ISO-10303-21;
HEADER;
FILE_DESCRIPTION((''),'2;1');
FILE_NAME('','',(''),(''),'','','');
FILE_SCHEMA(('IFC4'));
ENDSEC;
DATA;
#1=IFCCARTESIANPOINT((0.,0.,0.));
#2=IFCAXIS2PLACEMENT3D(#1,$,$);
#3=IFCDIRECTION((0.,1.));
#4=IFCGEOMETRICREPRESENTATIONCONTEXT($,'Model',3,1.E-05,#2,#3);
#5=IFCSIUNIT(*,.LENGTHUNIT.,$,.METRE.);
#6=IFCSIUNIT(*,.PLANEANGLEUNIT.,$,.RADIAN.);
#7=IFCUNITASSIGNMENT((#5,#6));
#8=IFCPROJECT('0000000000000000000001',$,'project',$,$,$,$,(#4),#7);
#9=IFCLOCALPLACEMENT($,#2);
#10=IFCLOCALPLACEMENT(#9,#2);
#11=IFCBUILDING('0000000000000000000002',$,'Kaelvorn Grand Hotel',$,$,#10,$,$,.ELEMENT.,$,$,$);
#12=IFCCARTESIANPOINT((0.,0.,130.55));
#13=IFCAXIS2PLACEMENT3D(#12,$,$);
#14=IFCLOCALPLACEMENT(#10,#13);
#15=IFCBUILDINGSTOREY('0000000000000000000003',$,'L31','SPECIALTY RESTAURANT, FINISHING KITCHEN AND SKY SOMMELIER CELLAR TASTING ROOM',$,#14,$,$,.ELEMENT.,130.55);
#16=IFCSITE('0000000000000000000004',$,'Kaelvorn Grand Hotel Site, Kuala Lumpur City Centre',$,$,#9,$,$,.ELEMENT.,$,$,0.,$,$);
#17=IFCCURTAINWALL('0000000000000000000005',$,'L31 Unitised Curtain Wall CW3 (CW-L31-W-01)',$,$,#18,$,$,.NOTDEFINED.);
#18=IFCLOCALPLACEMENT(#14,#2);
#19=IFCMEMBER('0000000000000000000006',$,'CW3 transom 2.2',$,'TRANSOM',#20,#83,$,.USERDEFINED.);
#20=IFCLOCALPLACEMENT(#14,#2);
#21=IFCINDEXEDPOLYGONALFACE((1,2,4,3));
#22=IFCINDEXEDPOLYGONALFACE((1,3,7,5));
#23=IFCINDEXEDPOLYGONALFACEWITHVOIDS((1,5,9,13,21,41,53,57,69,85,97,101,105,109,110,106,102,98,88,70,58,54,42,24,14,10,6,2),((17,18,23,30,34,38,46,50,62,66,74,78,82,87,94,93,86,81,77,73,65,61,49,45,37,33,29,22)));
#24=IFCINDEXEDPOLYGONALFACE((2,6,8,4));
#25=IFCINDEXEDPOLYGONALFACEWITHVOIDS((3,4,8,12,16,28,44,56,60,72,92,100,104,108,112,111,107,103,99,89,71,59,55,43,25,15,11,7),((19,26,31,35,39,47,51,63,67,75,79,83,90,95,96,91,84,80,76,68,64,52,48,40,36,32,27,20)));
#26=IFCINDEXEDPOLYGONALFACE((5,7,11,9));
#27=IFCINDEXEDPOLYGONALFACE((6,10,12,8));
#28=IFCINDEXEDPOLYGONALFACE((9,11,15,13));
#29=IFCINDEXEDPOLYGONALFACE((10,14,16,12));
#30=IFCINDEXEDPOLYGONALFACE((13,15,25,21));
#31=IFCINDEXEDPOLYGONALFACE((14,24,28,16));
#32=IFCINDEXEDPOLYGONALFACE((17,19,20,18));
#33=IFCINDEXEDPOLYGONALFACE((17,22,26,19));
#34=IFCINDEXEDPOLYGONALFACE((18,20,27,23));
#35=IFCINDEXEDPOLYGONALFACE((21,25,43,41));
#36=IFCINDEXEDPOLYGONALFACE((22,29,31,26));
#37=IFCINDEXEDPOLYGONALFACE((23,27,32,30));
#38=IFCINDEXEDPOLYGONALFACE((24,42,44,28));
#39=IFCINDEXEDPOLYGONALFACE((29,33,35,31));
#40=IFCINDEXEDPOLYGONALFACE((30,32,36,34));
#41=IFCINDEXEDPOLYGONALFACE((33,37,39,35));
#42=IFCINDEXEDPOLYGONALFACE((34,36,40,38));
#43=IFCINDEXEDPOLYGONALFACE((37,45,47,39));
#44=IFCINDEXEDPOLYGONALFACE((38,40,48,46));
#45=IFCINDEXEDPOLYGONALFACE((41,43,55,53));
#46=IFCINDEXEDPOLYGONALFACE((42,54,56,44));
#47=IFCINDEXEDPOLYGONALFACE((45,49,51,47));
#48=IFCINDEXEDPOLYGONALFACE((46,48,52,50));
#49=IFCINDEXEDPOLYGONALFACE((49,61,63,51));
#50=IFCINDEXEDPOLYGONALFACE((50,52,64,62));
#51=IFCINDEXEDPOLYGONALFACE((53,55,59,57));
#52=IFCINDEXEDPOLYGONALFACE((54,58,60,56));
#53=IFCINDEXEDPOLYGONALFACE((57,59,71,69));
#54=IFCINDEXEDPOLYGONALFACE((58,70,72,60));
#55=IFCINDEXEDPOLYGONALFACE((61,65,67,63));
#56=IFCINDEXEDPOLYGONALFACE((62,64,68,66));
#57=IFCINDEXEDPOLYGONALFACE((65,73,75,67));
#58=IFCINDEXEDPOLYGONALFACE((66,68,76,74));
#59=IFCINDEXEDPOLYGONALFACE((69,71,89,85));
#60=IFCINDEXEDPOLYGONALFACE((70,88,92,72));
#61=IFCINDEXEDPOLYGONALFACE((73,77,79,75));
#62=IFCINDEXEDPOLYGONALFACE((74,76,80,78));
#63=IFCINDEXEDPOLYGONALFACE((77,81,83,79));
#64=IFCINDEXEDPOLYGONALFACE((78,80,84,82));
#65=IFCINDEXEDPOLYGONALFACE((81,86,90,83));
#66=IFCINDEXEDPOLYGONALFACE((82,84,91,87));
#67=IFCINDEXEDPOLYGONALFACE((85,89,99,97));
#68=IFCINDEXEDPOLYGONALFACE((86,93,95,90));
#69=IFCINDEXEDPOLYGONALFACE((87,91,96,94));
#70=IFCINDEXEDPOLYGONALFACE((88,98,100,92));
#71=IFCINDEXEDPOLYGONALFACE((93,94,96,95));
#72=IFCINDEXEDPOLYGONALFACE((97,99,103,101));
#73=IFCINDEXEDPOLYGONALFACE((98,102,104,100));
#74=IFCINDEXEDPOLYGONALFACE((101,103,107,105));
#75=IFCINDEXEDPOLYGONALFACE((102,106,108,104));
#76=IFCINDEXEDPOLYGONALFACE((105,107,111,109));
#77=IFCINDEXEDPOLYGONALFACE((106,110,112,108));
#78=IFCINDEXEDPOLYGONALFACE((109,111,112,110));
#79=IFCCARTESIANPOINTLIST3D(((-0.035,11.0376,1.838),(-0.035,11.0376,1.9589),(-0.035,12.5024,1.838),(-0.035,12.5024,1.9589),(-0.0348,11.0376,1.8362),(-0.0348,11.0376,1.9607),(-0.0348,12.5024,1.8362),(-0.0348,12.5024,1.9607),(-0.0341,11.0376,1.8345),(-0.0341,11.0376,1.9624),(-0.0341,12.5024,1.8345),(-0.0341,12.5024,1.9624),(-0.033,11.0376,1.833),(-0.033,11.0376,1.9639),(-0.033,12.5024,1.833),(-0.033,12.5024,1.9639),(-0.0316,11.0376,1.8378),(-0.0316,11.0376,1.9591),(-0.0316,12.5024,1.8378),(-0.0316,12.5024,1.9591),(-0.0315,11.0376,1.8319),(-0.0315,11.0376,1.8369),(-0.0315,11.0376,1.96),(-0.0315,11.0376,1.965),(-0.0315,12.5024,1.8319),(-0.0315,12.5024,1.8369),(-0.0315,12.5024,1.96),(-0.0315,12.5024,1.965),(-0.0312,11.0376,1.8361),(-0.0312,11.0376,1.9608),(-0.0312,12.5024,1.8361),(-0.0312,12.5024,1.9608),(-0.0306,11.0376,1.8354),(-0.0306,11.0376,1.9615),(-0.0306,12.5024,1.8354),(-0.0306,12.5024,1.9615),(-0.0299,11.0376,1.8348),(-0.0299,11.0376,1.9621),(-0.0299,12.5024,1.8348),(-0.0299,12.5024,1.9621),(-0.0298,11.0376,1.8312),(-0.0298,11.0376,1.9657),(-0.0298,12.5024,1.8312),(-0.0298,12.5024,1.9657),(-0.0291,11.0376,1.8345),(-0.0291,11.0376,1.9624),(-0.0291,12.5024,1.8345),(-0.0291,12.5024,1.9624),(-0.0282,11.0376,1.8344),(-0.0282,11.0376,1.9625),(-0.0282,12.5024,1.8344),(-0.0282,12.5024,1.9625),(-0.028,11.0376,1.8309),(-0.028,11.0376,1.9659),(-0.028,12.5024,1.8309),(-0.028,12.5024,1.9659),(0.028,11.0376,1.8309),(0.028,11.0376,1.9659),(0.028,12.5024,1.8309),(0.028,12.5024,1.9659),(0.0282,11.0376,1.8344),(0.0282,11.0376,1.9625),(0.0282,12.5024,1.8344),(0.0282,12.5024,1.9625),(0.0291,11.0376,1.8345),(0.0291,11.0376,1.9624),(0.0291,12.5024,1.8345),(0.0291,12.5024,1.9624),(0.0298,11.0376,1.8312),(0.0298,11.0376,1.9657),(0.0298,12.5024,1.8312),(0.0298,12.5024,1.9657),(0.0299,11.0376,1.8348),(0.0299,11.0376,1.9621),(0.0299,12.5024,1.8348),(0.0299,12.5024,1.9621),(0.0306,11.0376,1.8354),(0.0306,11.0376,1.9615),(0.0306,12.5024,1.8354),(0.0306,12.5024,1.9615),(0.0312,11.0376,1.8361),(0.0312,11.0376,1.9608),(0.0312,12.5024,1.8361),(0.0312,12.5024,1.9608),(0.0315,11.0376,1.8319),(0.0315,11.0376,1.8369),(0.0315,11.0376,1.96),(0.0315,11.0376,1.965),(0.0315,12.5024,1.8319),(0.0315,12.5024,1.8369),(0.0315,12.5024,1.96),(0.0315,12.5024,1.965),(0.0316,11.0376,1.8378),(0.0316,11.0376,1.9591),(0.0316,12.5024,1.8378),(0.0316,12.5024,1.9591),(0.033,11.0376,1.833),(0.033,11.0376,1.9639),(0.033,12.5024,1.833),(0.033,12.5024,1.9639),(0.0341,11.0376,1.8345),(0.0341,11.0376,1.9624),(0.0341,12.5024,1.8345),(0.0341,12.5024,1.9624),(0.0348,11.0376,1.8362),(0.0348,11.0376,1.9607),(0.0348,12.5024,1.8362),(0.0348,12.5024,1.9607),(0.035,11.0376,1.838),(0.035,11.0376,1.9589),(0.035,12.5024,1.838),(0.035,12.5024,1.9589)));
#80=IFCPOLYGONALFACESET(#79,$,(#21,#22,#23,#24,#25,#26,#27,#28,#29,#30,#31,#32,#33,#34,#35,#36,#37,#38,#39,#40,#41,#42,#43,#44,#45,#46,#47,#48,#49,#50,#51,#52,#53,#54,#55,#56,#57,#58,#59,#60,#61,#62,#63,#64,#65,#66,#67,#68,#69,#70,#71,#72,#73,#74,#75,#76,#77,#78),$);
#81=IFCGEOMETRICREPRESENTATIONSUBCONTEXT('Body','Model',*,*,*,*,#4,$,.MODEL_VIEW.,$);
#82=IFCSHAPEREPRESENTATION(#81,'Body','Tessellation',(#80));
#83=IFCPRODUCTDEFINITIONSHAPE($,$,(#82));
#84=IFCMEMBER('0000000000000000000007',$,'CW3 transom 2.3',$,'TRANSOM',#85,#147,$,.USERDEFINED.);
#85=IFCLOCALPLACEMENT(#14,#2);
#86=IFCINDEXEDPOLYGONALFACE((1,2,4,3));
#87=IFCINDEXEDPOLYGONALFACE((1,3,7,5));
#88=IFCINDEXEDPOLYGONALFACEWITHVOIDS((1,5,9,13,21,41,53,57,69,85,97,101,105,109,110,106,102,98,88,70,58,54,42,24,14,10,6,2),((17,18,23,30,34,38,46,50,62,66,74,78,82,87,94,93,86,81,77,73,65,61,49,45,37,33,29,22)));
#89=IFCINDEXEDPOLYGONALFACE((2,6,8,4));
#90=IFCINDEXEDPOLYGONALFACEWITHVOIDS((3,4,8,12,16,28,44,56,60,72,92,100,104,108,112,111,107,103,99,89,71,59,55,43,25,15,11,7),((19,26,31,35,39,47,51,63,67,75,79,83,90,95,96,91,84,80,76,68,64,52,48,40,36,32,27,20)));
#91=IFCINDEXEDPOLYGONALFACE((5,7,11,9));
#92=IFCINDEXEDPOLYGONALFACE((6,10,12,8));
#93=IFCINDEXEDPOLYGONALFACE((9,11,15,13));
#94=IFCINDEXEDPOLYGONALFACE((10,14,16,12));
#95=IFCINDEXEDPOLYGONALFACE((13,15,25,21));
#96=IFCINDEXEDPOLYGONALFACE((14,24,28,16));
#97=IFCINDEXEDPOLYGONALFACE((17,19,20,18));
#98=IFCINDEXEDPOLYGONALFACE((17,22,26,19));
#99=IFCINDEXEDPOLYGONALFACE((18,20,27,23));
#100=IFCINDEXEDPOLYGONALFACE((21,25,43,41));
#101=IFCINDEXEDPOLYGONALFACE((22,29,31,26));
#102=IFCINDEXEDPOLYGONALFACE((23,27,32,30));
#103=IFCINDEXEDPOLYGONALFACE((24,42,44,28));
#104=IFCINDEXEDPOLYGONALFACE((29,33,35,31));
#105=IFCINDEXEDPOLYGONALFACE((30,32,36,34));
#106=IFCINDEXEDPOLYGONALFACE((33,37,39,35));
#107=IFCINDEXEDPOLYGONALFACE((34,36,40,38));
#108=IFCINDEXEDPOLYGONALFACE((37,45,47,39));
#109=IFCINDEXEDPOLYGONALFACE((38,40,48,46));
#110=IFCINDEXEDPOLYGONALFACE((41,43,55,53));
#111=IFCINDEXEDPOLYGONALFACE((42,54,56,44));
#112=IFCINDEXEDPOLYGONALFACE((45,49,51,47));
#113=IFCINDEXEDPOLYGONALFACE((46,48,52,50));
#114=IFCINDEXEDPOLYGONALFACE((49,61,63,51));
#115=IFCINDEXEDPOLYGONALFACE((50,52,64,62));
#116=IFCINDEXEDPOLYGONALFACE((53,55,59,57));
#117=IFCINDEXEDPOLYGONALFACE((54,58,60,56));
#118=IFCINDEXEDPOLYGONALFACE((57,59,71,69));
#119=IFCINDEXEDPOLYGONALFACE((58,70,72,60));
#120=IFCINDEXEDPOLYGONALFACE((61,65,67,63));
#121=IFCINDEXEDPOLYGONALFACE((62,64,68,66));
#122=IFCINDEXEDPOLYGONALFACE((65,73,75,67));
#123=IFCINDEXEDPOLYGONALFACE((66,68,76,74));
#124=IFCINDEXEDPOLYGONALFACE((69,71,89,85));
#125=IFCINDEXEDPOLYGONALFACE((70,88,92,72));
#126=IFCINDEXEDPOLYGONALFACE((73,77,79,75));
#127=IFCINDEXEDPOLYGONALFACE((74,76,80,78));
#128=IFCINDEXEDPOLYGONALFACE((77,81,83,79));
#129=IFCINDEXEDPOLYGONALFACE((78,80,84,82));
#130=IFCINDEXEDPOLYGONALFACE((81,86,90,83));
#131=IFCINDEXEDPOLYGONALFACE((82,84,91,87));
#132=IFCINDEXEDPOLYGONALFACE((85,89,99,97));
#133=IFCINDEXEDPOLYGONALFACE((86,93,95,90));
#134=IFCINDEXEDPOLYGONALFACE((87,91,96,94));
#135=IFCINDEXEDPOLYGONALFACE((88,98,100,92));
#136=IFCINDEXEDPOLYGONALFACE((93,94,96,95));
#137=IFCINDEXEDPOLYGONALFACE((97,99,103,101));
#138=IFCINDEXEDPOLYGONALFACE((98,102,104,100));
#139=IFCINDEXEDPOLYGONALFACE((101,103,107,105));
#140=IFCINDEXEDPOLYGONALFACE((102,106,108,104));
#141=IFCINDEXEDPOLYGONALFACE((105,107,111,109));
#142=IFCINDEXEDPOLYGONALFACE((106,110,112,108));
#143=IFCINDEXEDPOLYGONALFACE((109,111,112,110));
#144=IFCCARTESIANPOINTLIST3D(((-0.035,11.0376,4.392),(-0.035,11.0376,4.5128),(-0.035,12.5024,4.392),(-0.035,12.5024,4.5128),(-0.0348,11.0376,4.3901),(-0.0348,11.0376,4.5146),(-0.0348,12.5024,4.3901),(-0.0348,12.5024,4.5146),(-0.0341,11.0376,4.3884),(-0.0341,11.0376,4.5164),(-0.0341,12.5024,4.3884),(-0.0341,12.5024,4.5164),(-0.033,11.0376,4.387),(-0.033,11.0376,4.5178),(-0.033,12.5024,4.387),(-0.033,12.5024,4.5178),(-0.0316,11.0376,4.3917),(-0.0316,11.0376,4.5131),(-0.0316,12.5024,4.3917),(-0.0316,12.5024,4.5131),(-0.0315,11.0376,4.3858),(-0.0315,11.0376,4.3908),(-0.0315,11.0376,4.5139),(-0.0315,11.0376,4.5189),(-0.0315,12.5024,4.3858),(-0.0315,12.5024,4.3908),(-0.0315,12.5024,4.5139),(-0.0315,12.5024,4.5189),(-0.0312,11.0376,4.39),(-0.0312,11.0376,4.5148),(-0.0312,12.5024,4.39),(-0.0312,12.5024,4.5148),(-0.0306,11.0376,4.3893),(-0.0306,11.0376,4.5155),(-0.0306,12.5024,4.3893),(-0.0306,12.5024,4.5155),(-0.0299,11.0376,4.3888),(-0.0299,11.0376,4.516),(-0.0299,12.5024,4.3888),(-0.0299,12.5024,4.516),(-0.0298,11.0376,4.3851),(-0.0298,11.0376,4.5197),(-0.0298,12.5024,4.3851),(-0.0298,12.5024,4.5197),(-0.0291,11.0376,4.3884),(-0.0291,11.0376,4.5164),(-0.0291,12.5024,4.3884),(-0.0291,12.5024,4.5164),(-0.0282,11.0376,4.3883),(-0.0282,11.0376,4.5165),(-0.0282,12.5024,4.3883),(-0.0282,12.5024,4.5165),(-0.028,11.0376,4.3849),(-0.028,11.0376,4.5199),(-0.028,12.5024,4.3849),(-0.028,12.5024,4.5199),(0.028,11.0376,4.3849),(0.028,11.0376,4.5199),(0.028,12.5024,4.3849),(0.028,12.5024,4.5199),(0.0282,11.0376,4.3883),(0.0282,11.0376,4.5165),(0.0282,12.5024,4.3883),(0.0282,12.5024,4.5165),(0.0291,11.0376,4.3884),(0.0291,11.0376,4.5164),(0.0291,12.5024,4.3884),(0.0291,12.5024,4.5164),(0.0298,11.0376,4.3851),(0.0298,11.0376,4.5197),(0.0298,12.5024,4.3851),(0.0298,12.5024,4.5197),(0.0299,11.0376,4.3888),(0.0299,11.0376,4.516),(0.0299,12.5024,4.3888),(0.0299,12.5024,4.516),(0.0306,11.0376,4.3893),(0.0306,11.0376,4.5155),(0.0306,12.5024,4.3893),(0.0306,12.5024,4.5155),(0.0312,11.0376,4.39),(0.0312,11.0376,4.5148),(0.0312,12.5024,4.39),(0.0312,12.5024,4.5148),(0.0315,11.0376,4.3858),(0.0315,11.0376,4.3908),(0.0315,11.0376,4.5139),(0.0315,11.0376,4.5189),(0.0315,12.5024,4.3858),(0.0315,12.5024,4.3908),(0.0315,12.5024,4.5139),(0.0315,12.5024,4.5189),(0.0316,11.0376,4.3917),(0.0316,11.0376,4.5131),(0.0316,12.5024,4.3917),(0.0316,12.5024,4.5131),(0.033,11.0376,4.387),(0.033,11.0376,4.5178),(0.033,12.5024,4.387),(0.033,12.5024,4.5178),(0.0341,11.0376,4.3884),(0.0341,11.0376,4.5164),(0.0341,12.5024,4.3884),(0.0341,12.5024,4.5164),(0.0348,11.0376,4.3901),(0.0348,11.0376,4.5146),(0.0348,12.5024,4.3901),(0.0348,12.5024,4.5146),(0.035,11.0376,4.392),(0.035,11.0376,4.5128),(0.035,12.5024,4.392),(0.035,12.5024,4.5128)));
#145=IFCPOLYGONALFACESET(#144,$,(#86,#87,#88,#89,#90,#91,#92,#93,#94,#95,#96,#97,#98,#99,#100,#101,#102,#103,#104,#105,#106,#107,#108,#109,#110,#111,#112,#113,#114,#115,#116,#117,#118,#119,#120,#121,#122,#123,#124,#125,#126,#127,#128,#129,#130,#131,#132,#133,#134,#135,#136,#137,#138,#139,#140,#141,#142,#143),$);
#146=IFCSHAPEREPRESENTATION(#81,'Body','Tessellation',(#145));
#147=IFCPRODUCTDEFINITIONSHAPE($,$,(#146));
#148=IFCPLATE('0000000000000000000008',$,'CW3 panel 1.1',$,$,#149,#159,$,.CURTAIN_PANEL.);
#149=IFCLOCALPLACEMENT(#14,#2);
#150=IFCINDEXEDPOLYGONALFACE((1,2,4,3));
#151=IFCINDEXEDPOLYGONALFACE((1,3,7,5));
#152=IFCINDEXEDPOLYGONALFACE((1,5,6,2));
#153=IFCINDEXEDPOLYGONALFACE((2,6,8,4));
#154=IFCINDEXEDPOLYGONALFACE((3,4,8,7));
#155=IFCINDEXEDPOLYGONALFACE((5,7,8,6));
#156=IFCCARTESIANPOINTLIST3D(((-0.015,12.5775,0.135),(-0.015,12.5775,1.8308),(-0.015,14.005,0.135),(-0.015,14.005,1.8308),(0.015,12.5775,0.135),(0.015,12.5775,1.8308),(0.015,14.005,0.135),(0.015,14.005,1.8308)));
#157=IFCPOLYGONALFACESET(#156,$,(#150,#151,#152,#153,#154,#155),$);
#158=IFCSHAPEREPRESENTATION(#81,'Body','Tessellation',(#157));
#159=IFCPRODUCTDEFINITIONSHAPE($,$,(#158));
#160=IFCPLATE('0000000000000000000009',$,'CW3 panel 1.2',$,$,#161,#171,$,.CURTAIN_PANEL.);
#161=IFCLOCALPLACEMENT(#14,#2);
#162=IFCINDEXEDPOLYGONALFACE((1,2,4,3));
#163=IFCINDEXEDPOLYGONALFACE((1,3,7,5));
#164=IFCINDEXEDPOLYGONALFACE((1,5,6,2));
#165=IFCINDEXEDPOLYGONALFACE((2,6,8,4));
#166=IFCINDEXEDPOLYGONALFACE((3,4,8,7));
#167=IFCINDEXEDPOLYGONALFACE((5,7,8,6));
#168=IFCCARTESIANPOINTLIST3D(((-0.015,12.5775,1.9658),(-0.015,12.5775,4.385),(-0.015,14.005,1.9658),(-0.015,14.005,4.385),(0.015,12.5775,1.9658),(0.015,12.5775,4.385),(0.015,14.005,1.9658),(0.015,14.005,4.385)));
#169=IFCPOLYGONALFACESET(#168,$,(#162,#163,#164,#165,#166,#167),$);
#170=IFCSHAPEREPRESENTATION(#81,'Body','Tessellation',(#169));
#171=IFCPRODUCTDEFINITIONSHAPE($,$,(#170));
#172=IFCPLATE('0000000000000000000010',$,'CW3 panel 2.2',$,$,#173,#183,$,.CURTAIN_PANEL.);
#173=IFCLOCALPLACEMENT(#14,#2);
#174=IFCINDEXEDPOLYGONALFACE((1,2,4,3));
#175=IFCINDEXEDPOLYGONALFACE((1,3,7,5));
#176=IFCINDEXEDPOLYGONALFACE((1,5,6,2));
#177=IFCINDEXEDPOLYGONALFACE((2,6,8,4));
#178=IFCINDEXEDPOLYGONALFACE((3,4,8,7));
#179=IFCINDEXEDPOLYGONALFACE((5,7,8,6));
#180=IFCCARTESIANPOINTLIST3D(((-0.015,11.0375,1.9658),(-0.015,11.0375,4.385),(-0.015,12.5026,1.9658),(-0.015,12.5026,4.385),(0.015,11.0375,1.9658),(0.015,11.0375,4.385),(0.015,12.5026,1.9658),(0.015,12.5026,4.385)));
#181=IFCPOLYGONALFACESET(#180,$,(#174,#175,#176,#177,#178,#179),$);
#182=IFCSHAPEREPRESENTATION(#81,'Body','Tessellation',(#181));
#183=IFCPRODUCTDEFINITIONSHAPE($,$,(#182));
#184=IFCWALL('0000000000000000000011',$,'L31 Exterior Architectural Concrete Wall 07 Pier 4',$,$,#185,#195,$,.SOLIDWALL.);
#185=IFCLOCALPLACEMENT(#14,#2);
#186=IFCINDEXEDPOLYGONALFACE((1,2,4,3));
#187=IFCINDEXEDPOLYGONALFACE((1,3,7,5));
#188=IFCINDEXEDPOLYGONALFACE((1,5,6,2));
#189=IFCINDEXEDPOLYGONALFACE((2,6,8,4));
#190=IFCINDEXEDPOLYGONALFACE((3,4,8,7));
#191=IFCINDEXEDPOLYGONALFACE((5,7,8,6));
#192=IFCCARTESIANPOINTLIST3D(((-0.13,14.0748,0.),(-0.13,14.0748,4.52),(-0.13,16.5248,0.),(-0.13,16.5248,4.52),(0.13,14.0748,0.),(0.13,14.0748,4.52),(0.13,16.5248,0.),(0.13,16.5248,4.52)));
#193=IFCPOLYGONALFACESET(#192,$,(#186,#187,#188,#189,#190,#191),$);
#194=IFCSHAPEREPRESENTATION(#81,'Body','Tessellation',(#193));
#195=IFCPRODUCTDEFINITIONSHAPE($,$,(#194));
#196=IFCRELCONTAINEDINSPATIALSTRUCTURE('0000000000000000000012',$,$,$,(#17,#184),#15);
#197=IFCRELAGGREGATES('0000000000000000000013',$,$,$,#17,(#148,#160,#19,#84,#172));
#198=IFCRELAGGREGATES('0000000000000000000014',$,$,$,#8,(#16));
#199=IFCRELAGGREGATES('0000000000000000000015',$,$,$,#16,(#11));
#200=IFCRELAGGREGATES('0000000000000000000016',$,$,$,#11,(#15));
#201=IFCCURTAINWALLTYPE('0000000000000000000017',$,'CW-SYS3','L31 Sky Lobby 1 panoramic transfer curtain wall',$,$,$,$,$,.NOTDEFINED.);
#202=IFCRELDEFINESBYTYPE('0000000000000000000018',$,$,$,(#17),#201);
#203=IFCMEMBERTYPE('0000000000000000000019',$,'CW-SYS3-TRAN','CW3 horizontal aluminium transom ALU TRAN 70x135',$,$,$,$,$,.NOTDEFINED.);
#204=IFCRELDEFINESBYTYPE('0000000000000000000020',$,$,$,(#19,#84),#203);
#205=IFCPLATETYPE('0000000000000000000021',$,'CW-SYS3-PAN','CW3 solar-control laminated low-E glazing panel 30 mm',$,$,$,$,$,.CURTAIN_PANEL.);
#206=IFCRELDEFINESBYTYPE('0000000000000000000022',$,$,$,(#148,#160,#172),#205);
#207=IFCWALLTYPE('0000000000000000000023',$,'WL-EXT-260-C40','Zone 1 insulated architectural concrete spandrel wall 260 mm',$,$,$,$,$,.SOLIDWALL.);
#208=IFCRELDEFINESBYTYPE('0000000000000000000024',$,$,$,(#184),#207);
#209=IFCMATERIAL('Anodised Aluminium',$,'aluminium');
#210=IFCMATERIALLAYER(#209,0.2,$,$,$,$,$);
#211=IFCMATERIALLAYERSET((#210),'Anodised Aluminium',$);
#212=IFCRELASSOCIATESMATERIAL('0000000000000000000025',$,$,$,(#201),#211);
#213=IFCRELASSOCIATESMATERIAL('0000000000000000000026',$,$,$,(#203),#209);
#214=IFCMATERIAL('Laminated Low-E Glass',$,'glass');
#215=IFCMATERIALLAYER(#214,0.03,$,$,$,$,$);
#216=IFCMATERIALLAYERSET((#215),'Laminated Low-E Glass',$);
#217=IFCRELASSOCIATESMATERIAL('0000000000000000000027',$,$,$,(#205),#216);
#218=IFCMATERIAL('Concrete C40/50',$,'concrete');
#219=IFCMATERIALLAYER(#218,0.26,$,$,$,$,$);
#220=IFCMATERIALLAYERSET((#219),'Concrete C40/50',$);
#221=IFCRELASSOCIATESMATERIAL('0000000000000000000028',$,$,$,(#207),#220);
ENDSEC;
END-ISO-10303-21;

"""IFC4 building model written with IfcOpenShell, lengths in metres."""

from ifc_helpers import new_model, si_unit, direction, frame, frame_2d, origin, origin_2d, place, context, subcontext, project, spatial, rectangle, hollow_rectangle, extrude, material, layer, layer_set, material_profile, profile_set, type_object, element, aggregate, save


model = new_model("IFC4")

# Units and contexts
model_context = context("Model", 3, precision=1e-05, world=origin(), true_north=direction((0.0, 1.0)))
body_context = subcontext(model_context, "Body", "Model", "MODEL_VIEW")
ifc_project = project(units=[si_unit("LENGTHUNIT", "METRE"), si_unit("PLANEANGLEUNIT", "RADIAN")], contexts=[model_context])

# Site, building, storey
site_placement = place(None, origin())
site = spatial("IfcSite", under=ifc_project, at=site_placement, Name="Kaelvorn Grand Hotel Site, Kuala Lumpur City Centre", CompositionType="ELEMENT", RefElevation=0.0)
building_placement = place(site_placement, origin())
building = spatial("IfcBuilding", under=site, at=building_placement, Name="Kaelvorn Grand Hotel", CompositionType="ELEMENT")
storey_placement = place(building_placement, frame((0.0, 0.0, 130.55)))
storey = spatial("IfcBuildingStorey", under=building, at=storey_placement, Name="L31", Description="SPECIALTY RESTAURANT, FINISHING KITCHEN AND SKY SOMMELIER CELLAR TASTING ROOM", CompositionType="ELEMENT", Elevation=130.55)

# Curtain wall, members, plates
ifc_material_1 = material(Name="Anodised Aluminium", Category="aluminium")
ifc_layer_1 = layer(ifc_material_1, 0.2)
ifc_layer_set_1 = layer_set([ifc_layer_1], Name="Anodised Aluminium")
curtain_wall_type = type_object("IfcCurtainWallType", Name="CW-SYS3", Description="L31 Sky Lobby 1 panoramic transfer curtain wall", PredefinedType="NOTDEFINED", material=ifc_layer_set_1)
curtain_wall_placement = place(storey_placement, origin())
curtain_wall = element("IfcCurtainWall", 1, at=curtain_wall_placement, inside=storey, type_object=curtain_wall_type, Name="L31 Unitised Curtain Wall CW3 (CW-L31-W-01)", PredefinedType="NOTDEFINED")
ifc_material_profile_1 = material_profile(ifc_material_1, hollow_rectangle(XDim=0.0701, YDim=0.135, WallThickness=0.0034, InnerFilletRadius=0.0034, OuterFilletRadius=0.0071, at=origin_2d()), Name="ALU TRAN 70x135")
ifc_profile_set_1 = profile_set([ifc_material_profile_1], Name="Anodised Aluminium")
member_type_1 = type_object("IfcMemberType", Name="CW-SYS3-TRAN", Description="CW3 horizontal aluminium transom ALU TRAN 70x135", PredefinedType="NOTDEFINED", material=ifc_profile_set_1)
member_1_placement = place(storey_placement, frame((0.0, 12.5024, 1.8984), z_axis=(0.0, -1.0, 0.0), x_axis=(1.0, 0.0, 0.0)))
member_1 = element("IfcMember", 2, at=member_1_placement, type_object=member_type_1, Name="CW3 transom 2.2", ObjectType="TRANSOM", PredefinedType="USERDEFINED", context=body_context, shape_type="SweptSolid", body=[
    extrude(hollow_rectangle(XDim=0.0701, YDim=0.135, WallThickness=0.0034, InnerFilletRadius=0.0034, OuterFilletRadius=0.0071, at=origin_2d()), origin(), (0.0, 0.0, 1.0), 1.4648),
])
member_2_placement = place(storey_placement, frame((0.0, 12.5024, 4.4524), z_axis=(0.0, -1.0, 0.0), x_axis=(1.0, 0.0, 0.0)))
member_2 = element("IfcMember", 3, at=member_2_placement, type_object=member_type_1, Name="CW3 transom 2.3", ObjectType="TRANSOM", PredefinedType="USERDEFINED", context=body_context, shape_type="SweptSolid", body=[
    extrude(hollow_rectangle(XDim=0.0701, YDim=0.135, WallThickness=0.0034, InnerFilletRadius=0.0034, OuterFilletRadius=0.0071, at=origin_2d()), origin(), (0.0, 0.0, 1.0), 1.4648),
])
ifc_material_2 = material(Name="Laminated Low-E Glass", Category="glass")
ifc_layer_2 = layer(ifc_material_2, 0.03)
ifc_layer_set_2 = layer_set([ifc_layer_2], Name="Laminated Low-E Glass")
plate_type = type_object("IfcPlateType", Name="CW-SYS3-PAN", Description="CW3 solar-control laminated low-E glazing panel 30 mm", PredefinedType="CURTAIN_PANEL", material=ifc_layer_set_2)
plate_1_placement = place(storey_placement, frame((0.0, 13.2913, 0.135), z_axis=(0.0, 0.0, 1.0), x_axis=(0.0, -1.0, 0.0)))
plate_1 = element("IfcPlate", 4, at=plate_1_placement, type_object=plate_type, Name="CW3 panel 1.1", PredefinedType="CURTAIN_PANEL", context=body_context, shape_type="SweptSolid", body=[
    extrude(rectangle(XDim=1.4275, YDim=0.03, at=origin_2d()), origin(), (0.0, 0.0, 1.0), 1.6958),
])
plate_2_placement = place(storey_placement, frame((0.0, 13.2913, 1.9658), z_axis=(0.0, 0.0, 1.0), x_axis=(0.0, -1.0, 0.0)))
plate_2 = element("IfcPlate", 5, at=plate_2_placement, type_object=plate_type, Name="CW3 panel 1.2", PredefinedType="CURTAIN_PANEL", context=body_context, shape_type="SweptSolid", body=[
    extrude(rectangle(XDim=1.4275, YDim=0.03, at=origin_2d()), origin(), (0.0, 0.0, 1.0), 2.4192),
])
plate_3_placement = place(storey_placement, frame((0.0, 11.77, 1.9658), z_axis=(0.0, 0.0, 1.0), x_axis=(0.0, -1.0, 0.0)))
plate_3 = element("IfcPlate", 6, at=plate_3_placement, type_object=plate_type, Name="CW3 panel 2.2", PredefinedType="CURTAIN_PANEL", context=body_context, shape_type="SweptSolid", body=[
    extrude(rectangle(XDim=1.4651, YDim=0.03, at=origin_2d()), origin(), (0.0, 0.0, 1.0), 2.4192),
])
aggregate(curtain_wall, [plate_1, plate_2, member_1, member_2, plate_3])

# Wall
ifc_material_3 = material(Name="Concrete C40/50", Category="concrete")
ifc_layer_3 = layer(ifc_material_3, 0.26)
ifc_layer_set_3 = layer_set([ifc_layer_3], Name="Concrete C40/50")
wall_type_1 = type_object("IfcWallType", Name="WL-EXT-260-C40", Description="Zone 1 insulated architectural concrete spandrel wall 260 mm", PredefinedType="SOLIDWALL", material=ifc_layer_set_3)
wall_1_placement = place(storey_placement, frame((0.0, 16.5249, 0.0), z_axis=(0.0, 0.0, 1.0), x_axis=(0.0, -1.0, 0.0)))
element("IfcWall", 7, at=wall_1_placement, inside=storey, type_object=wall_type_1, Name="L31 Exterior Architectural Concrete Wall 07 Pier 4", PredefinedType="SOLIDWALL", context=body_context, shape_type="SweptSolid", body=[
    extrude(rectangle(XDim=2.45, YDim=0.26, at=frame_2d((1.2251, 0.0))), origin(), (0.0, 0.0, 1.0), 4.52),
])

save(model, "model.ifc")
